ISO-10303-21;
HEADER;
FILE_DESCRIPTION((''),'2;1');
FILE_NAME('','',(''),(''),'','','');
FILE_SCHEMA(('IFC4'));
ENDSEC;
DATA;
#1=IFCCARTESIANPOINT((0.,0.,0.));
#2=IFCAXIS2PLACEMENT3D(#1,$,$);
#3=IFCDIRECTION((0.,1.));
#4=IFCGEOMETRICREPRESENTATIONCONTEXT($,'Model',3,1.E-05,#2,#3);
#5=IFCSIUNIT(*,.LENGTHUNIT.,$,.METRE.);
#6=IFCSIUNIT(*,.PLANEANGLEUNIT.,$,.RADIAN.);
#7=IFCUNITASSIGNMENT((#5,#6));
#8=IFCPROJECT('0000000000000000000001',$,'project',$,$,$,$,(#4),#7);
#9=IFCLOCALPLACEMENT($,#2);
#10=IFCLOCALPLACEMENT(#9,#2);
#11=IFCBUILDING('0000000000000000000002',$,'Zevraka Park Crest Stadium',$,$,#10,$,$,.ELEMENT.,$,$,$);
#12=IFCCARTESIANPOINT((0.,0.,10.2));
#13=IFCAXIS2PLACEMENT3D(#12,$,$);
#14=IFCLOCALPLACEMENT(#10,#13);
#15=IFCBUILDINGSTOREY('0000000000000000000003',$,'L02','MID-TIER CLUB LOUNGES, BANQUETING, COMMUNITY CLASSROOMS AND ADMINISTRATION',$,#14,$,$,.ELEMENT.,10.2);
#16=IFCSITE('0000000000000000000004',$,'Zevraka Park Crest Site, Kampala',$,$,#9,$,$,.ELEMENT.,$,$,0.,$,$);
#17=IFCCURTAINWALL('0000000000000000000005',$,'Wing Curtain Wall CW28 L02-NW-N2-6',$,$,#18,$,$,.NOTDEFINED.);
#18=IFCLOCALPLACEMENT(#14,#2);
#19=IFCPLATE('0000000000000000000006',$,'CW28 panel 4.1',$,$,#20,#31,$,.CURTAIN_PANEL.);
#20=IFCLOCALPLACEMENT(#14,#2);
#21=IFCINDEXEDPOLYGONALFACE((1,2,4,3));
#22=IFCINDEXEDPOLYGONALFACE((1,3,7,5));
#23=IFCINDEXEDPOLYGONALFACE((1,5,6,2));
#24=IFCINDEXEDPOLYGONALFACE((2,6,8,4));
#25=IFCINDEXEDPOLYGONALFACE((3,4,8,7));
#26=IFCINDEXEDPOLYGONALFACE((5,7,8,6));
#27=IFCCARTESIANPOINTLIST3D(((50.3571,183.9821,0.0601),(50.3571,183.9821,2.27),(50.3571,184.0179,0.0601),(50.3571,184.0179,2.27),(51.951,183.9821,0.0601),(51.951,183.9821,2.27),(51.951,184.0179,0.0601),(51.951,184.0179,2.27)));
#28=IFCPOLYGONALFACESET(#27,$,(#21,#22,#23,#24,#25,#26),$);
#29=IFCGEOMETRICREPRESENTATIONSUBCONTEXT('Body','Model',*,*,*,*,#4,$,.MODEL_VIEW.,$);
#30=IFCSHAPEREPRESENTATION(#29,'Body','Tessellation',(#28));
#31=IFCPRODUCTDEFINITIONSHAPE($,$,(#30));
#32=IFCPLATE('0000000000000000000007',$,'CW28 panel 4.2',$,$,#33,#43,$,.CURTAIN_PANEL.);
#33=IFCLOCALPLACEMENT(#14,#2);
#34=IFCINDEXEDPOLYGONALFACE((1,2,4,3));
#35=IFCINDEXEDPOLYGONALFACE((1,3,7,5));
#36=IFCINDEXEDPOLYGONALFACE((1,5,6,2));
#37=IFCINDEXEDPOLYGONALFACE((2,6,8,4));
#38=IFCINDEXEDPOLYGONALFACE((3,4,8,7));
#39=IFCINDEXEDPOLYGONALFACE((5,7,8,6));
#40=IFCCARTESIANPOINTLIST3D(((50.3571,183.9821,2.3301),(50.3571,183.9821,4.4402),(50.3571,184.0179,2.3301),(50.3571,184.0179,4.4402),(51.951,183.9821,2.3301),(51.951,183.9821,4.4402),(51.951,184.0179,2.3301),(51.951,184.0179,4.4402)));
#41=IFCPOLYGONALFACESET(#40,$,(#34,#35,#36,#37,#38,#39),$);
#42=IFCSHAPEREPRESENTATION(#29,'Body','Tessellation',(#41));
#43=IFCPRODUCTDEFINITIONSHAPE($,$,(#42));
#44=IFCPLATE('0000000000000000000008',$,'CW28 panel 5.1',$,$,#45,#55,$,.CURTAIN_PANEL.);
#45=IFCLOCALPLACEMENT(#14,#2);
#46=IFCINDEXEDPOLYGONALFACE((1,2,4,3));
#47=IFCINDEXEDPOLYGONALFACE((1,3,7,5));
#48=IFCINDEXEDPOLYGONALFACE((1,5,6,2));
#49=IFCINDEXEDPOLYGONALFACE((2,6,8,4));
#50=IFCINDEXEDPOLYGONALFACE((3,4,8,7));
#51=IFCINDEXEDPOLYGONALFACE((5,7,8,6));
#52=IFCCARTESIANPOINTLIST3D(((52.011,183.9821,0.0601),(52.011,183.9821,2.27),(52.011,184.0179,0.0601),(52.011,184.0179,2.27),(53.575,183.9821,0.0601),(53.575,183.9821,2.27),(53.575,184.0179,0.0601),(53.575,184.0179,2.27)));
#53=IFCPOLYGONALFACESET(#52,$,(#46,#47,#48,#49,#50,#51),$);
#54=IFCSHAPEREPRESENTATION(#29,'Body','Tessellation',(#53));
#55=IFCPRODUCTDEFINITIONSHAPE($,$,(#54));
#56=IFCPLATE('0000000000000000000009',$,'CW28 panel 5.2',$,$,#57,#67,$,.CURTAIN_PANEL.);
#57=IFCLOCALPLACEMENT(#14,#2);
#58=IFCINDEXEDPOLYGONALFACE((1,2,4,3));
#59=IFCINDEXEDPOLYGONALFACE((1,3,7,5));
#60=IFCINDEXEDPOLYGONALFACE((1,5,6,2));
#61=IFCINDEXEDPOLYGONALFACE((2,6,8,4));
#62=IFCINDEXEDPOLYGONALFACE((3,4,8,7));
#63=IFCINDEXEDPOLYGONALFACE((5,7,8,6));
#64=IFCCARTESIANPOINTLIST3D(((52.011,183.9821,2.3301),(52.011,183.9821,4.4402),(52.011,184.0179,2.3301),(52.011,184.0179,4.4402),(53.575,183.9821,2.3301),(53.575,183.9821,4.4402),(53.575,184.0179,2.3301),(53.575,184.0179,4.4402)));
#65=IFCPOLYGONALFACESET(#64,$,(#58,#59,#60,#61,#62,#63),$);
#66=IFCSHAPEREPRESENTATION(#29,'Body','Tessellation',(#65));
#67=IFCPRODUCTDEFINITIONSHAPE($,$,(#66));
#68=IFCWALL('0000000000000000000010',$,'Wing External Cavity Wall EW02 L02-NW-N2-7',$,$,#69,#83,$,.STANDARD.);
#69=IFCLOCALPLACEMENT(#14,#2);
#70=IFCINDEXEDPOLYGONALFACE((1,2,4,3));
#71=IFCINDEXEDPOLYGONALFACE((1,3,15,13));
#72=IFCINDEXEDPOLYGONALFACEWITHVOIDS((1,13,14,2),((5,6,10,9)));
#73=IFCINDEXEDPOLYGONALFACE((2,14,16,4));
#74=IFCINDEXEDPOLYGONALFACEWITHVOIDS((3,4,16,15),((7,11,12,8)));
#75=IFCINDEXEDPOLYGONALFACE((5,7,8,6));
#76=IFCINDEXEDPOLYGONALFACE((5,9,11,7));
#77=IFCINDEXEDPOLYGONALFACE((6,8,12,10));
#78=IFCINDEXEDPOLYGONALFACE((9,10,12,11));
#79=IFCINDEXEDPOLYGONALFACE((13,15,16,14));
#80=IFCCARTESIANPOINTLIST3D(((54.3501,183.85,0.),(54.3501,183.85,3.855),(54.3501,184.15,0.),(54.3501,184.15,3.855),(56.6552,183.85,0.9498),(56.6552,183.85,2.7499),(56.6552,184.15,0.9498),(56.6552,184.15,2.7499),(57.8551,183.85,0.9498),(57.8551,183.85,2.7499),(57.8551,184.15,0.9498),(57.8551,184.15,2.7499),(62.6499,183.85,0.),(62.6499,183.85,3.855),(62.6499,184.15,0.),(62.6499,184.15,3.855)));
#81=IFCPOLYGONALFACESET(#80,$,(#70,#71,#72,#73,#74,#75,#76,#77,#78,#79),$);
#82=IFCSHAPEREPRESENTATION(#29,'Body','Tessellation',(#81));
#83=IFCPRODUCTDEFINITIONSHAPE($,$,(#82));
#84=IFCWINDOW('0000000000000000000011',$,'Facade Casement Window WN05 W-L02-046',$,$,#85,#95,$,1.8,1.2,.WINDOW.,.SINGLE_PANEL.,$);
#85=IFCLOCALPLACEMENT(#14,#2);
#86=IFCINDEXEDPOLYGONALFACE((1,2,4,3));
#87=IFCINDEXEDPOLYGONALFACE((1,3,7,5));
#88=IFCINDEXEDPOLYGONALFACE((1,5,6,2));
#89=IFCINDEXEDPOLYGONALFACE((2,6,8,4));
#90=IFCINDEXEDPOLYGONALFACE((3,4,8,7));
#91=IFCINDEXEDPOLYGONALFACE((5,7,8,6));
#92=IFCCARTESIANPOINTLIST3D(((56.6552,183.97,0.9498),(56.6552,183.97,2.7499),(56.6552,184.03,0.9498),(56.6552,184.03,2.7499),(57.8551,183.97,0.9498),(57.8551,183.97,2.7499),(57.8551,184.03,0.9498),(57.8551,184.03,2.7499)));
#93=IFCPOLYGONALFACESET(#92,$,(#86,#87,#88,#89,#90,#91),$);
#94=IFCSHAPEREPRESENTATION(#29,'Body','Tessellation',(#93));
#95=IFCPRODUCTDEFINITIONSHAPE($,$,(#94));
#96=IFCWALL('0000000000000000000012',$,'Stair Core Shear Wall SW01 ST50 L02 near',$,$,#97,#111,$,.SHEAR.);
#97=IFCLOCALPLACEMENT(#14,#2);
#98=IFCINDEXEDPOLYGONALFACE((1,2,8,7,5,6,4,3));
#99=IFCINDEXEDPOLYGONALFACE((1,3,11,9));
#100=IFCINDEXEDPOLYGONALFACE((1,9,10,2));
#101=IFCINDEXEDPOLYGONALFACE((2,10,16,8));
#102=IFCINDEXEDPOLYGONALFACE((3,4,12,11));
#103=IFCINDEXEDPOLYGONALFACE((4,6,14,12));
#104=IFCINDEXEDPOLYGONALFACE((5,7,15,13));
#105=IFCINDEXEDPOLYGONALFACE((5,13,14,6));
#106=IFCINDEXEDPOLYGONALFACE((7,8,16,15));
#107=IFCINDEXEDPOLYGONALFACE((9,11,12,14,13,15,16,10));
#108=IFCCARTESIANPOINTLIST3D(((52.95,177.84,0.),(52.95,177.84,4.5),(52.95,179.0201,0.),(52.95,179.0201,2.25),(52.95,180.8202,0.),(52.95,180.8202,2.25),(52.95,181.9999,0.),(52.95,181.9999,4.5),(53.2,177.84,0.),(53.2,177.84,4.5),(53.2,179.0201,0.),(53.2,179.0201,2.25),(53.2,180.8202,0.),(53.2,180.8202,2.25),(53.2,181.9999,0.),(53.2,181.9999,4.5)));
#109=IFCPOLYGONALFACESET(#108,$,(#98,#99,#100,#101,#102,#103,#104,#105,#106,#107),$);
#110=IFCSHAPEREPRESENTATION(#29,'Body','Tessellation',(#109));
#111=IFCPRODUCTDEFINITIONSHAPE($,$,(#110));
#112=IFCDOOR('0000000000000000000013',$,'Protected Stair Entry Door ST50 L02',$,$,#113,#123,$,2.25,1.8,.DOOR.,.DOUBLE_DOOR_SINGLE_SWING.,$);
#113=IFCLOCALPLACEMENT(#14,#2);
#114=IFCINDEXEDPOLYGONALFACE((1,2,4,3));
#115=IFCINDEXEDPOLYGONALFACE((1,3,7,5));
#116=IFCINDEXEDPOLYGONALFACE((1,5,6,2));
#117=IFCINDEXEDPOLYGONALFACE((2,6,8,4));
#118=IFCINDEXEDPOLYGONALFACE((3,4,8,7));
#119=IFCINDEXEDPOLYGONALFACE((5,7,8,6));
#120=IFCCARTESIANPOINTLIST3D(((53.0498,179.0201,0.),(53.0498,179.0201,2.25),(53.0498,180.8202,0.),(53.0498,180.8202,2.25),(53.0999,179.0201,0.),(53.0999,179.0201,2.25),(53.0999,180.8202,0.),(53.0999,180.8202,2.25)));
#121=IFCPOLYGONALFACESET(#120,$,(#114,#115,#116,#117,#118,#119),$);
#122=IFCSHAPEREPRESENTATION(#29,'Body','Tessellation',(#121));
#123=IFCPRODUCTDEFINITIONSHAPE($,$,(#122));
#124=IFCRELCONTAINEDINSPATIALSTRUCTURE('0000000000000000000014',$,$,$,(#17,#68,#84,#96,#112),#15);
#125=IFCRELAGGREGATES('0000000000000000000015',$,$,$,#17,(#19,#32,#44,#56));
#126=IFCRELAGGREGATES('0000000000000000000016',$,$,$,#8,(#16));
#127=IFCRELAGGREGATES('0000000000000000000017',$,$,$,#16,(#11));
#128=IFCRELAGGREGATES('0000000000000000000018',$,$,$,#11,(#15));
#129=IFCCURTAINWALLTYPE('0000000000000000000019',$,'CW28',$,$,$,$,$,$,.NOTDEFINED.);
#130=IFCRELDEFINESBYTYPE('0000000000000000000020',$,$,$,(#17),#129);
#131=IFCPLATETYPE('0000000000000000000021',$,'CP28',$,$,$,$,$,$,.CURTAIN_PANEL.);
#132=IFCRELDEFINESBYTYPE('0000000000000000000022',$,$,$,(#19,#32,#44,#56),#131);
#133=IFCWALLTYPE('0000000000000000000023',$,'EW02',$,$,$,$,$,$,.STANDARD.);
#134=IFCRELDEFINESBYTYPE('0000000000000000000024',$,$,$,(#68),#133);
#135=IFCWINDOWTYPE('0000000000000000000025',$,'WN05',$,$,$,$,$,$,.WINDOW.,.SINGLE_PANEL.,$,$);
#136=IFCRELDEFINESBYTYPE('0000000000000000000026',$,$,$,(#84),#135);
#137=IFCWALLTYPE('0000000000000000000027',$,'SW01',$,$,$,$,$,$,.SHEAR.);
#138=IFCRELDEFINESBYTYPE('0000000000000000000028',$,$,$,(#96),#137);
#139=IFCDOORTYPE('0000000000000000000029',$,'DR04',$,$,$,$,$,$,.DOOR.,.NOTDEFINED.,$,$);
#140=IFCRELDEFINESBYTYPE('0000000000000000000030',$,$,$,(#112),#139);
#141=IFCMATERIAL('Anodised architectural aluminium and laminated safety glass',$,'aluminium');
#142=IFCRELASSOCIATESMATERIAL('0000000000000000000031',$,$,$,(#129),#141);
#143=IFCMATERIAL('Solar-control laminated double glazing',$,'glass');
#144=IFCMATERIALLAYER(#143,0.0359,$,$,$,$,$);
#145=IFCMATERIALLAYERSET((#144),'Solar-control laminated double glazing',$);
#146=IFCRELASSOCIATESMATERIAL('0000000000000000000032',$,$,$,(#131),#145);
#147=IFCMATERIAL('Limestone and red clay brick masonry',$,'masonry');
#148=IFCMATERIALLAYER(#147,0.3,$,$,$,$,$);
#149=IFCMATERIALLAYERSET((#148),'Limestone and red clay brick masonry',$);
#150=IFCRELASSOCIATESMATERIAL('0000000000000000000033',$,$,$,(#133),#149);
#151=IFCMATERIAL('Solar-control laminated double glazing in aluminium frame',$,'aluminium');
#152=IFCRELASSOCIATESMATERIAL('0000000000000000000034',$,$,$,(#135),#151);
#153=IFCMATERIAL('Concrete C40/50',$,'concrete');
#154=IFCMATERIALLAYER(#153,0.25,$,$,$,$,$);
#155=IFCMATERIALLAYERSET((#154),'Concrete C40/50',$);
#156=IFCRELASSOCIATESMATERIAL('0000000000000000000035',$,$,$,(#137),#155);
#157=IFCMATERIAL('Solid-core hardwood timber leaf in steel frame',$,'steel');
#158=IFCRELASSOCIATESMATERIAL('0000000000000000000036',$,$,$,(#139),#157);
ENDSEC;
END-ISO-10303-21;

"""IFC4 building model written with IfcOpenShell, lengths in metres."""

from ifc_helpers import new_model, si_unit, direction, frame, frame_2d, origin, origin_2d, place, context, subcontext, project, spatial, rectangle, extrude, material, layer, layer_set, type_object, element, fill, aggregate, save


model = new_model("IFC4")

# Units and contexts
model_context = context("Model", 3, precision=1e-05, world=origin(), true_north=direction((0.0, 1.0)))
body_context = subcontext(model_context, "Body", "Model", "MODEL_VIEW")
ifc_project = project(units=[si_unit("LENGTHUNIT", "METRE"), si_unit("PLANEANGLEUNIT", "RADIAN")], contexts=[model_context])

# Site, building, storey
site_placement = place(None, origin())
site = spatial("IfcSite", under=ifc_project, at=site_placement, Name="Zevraka Park Crest Site, Kampala", CompositionType="ELEMENT", RefElevation=0.0)
building_placement = place(site_placement, origin())
building = spatial("IfcBuilding", under=site, at=building_placement, Name="Zevraka Park Crest Stadium", CompositionType="ELEMENT")
storey_placement = place(building_placement, frame((0.0, 0.0, 10.2)))
storey = spatial("IfcBuildingStorey", under=building, at=storey_placement, Name="L02", Description="MID-TIER CLUB LOUNGES, BANQUETING, COMMUNITY CLASSROOMS AND ADMINISTRATION", CompositionType="ELEMENT", Elevation=10.2)

# Curtain wall, plates
ifc_material_1 = material(Name="Anodised architectural aluminium and laminated safety glass", Category="aluminium")
curtain_wall_type = type_object("IfcCurtainWallType", Name="CW28", PredefinedType="NOTDEFINED", material=ifc_material_1)
curtain_wall_placement = place(storey_placement, origin())
curtain_wall = element("IfcCurtainWall", 1, at=curtain_wall_placement, inside=storey, type_object=curtain_wall_type, Name="Wing Curtain Wall CW28 L02-NW-N2-6", PredefinedType="NOTDEFINED")
ifc_material_2 = material(Name="Solar-control laminated double glazing", Category="glass")
ifc_layer_1 = layer(ifc_material_2, 0.0359)
ifc_layer_set_1 = layer_set([ifc_layer_1], Name="Solar-control laminated double glazing")
plate_type = type_object("IfcPlateType", Name="CP28", PredefinedType="CURTAIN_PANEL", material=ifc_layer_set_1)
plate_1_placement = place(storey_placement, frame((51.1541, 184.0, 0.0601), z_axis=(0.0, 0.0, 1.0), x_axis=(1.0, 0.0, 0.0)))
plate_1 = element("IfcPlate", 2, at=plate_1_placement, type_object=plate_type, Name="CW28 panel 4.1", PredefinedType="CURTAIN_PANEL", context=body_context, shape_type="SweptSolid", body=[
    extrude(rectangle(XDim=1.594, YDim=0.0359, at=origin_2d()), origin(), (0.0, 0.0, 1.0), 2.21),
])
plate_2_placement = place(storey_placement, frame((51.1541, 184.0, 2.3301), z_axis=(0.0, 0.0, 1.0), x_axis=(1.0, 0.0, 0.0)))
plate_2 = element("IfcPlate", 3, at=plate_2_placement, type_object=plate_type, Name="CW28 panel 4.2", PredefinedType="CURTAIN_PANEL", context=body_context, shape_type="SweptSolid", body=[
    extrude(rectangle(XDim=1.594, YDim=0.0359, at=origin_2d()), origin(), (0.0, 0.0, 1.0), 2.1101),
])
plate_3_placement = place(storey_placement, frame((52.793, 184.0, 0.0601), z_axis=(0.0, 0.0, 1.0), x_axis=(1.0, 0.0, 0.0)))
plate_3 = element("IfcPlate", 4, at=plate_3_placement, type_object=plate_type, Name="CW28 panel 5.1", PredefinedType="CURTAIN_PANEL", context=body_context, shape_type="SweptSolid", body=[
    extrude(rectangle(XDim=1.564, YDim=0.0359, at=origin_2d()), origin(), (0.0, 0.0, 1.0), 2.21),
])
plate_4_placement = place(storey_placement, frame((52.793, 184.0, 2.3301), z_axis=(0.0, 0.0, 1.0), x_axis=(1.0, 0.0, 0.0)))
plate_4 = element("IfcPlate", 5, at=plate_4_placement, type_object=plate_type, Name="CW28 panel 5.2", PredefinedType="CURTAIN_PANEL", context=body_context, shape_type="SweptSolid", body=[
    extrude(rectangle(XDim=1.564, YDim=0.0359, at=origin_2d()), origin(), (0.0, 0.0, 1.0), 2.1101),
])
aggregate(curtain_wall, [plate_1, plate_2, plate_3, plate_4])

# Wall, opening, window
ifc_material_3 = material(Name="Limestone and red clay brick masonry", Category="masonry")
ifc_layer_2 = layer(ifc_material_3, 0.3)
ifc_layer_set_2 = layer_set([ifc_layer_2], Name="Limestone and red clay brick masonry")
wall_type_1 = type_object("IfcWallType", Name="EW02", PredefinedType="STANDARD", material=ifc_layer_set_2)
wall_1_placement = place(storey_placement, frame((54.3501, 184.0, 0.0), z_axis=(0.0, 0.0, 1.0), x_axis=(1.0, 0.0, 0.0)))
wall_1 = element("IfcWall", 6, at=wall_1_placement, inside=storey, type_object=wall_type_1, Name="Wing External Cavity Wall EW02 L02-NW-N2-7", PredefinedType="STANDARD", context=body_context, shape_type="SweptSolid", body=[
    extrude(rectangle(XDim=8.2998, YDim=0.3, at=frame_2d((4.1499, 0.0))), origin(), (0.0, 0.0, 1.0), 3.855),
])
opening_1_placement = place(wall_1_placement, frame((2.3049, 0.0, 0.95)))
opening_1 = element("IfcOpeningElement", 7, at=opening_1_placement, cuts=wall_1, PredefinedType="OPENING", context=body_context, shape_type="SweptSolid", body=[
    extrude(rectangle(XDim=1.2, YDim=1.8, at=frame_2d((0.6001, 0.8999))), frame((0.0, 0.1599, 0.0), z_axis=(0.0, -1.0, 0.0), x_axis=(1.0, 0.0, 0.0)), (0.0, 0.0, 1.0), 0.3201),
])
ifc_material_4 = material(Name="Solar-control laminated double glazing in aluminium frame", Category="aluminium")
window_type = type_object("IfcWindowType", Name="WN05", PartitioningType="SINGLE_PANEL", PredefinedType="WINDOW", material=ifc_material_4)
window_placement = place(opening_1_placement, origin())
window = element("IfcWindow", 8, at=window_placement, inside=storey, type_object=window_type, Name="Facade Casement Window WN05 W-L02-046", OverallHeight=1.8, OverallWidth=1.2, PartitioningType="SINGLE_PANEL", PredefinedType="WINDOW", context=body_context, shape_type="SweptSolid", body=[
    extrude(rectangle(XDim=1.2, YDim=1.8, at=frame_2d((0.6001, 0.8999))), frame((0.0, 0.03, 0.0), z_axis=(0.0, -1.0, 0.0), x_axis=(1.0, 0.0, 0.0)), (0.0, 0.0, 1.0), 0.0601),
])
fill(opening_1, window)

# Wall, opening, door
ifc_material_5 = material(Name="Concrete C40/50", Category="concrete")
ifc_layer_3 = layer(ifc_material_5, 0.25)
ifc_layer_set_3 = layer_set([ifc_layer_3], Name="Concrete C40/50")
wall_type_2 = type_object("IfcWallType", Name="SW01", PredefinedType="SHEAR", material=ifc_layer_set_3)
wall_2_placement = place(storey_placement, frame((53.075, 182.0, 0.0), z_axis=(0.0, 0.0, 1.0), x_axis=(0.0, -1.0, 0.0)))
wall_2 = element("IfcWall", 9, at=wall_2_placement, inside=storey, type_object=wall_type_2, Name="Stair Core Shear Wall SW01 ST50 L02 near", PredefinedType="SHEAR", context=body_context, shape_type="SweptSolid", body=[
    extrude(rectangle(XDim=4.1599, YDim=0.25, at=frame_2d((2.0801, 0.0))), origin(), (0.0, 0.0, 1.0), 4.5),
])
opening_2_placement = place(wall_2_placement, frame((1.1799, 0.0, 0.0)))
opening_2 = element("IfcOpeningElement", 10, at=opening_2_placement, cuts=wall_2, PredefinedType="OPENING", context=body_context, shape_type="SweptSolid", body=[
    extrude(rectangle(XDim=1.8, YDim=2.25, at=frame_2d((0.8999, 1.125))), frame((0.0, 0.135, 0.0), z_axis=(0.0, -1.0, 0.0), x_axis=(1.0, 0.0, 0.0)), (0.0, 0.0, 1.0), 0.27),
])
ifc_material_6 = material(Name="Solid-core hardwood timber leaf in steel frame", Category="steel")
door_type = type_object("IfcDoorType", Name="DR04", OperationType="NOTDEFINED", PredefinedType="DOOR", material=ifc_material_6)
door_placement = place(opening_2_placement, origin())
door = element("IfcDoor", 11, at=door_placement, inside=storey, type_object=door_type, Name="Protected Stair Entry Door ST50 L02", OperationType="DOUBLE_DOOR_SINGLE_SWING", OverallHeight=2.25, OverallWidth=1.8, PredefinedType="DOOR", context=body_context, shape_type="SweptSolid", body=[
    extrude(rectangle(XDim=1.8, YDim=2.25, at=frame_2d((0.8999, 1.125))), frame((0.0, 0.0249, 0.0), z_axis=(0.0, -1.0, 0.0), x_axis=(1.0, 0.0, 0.0)), (0.0, 0.0, 1.0), 0.05),
])
fill(opening_2, door)

save(model, "model.ifc")
